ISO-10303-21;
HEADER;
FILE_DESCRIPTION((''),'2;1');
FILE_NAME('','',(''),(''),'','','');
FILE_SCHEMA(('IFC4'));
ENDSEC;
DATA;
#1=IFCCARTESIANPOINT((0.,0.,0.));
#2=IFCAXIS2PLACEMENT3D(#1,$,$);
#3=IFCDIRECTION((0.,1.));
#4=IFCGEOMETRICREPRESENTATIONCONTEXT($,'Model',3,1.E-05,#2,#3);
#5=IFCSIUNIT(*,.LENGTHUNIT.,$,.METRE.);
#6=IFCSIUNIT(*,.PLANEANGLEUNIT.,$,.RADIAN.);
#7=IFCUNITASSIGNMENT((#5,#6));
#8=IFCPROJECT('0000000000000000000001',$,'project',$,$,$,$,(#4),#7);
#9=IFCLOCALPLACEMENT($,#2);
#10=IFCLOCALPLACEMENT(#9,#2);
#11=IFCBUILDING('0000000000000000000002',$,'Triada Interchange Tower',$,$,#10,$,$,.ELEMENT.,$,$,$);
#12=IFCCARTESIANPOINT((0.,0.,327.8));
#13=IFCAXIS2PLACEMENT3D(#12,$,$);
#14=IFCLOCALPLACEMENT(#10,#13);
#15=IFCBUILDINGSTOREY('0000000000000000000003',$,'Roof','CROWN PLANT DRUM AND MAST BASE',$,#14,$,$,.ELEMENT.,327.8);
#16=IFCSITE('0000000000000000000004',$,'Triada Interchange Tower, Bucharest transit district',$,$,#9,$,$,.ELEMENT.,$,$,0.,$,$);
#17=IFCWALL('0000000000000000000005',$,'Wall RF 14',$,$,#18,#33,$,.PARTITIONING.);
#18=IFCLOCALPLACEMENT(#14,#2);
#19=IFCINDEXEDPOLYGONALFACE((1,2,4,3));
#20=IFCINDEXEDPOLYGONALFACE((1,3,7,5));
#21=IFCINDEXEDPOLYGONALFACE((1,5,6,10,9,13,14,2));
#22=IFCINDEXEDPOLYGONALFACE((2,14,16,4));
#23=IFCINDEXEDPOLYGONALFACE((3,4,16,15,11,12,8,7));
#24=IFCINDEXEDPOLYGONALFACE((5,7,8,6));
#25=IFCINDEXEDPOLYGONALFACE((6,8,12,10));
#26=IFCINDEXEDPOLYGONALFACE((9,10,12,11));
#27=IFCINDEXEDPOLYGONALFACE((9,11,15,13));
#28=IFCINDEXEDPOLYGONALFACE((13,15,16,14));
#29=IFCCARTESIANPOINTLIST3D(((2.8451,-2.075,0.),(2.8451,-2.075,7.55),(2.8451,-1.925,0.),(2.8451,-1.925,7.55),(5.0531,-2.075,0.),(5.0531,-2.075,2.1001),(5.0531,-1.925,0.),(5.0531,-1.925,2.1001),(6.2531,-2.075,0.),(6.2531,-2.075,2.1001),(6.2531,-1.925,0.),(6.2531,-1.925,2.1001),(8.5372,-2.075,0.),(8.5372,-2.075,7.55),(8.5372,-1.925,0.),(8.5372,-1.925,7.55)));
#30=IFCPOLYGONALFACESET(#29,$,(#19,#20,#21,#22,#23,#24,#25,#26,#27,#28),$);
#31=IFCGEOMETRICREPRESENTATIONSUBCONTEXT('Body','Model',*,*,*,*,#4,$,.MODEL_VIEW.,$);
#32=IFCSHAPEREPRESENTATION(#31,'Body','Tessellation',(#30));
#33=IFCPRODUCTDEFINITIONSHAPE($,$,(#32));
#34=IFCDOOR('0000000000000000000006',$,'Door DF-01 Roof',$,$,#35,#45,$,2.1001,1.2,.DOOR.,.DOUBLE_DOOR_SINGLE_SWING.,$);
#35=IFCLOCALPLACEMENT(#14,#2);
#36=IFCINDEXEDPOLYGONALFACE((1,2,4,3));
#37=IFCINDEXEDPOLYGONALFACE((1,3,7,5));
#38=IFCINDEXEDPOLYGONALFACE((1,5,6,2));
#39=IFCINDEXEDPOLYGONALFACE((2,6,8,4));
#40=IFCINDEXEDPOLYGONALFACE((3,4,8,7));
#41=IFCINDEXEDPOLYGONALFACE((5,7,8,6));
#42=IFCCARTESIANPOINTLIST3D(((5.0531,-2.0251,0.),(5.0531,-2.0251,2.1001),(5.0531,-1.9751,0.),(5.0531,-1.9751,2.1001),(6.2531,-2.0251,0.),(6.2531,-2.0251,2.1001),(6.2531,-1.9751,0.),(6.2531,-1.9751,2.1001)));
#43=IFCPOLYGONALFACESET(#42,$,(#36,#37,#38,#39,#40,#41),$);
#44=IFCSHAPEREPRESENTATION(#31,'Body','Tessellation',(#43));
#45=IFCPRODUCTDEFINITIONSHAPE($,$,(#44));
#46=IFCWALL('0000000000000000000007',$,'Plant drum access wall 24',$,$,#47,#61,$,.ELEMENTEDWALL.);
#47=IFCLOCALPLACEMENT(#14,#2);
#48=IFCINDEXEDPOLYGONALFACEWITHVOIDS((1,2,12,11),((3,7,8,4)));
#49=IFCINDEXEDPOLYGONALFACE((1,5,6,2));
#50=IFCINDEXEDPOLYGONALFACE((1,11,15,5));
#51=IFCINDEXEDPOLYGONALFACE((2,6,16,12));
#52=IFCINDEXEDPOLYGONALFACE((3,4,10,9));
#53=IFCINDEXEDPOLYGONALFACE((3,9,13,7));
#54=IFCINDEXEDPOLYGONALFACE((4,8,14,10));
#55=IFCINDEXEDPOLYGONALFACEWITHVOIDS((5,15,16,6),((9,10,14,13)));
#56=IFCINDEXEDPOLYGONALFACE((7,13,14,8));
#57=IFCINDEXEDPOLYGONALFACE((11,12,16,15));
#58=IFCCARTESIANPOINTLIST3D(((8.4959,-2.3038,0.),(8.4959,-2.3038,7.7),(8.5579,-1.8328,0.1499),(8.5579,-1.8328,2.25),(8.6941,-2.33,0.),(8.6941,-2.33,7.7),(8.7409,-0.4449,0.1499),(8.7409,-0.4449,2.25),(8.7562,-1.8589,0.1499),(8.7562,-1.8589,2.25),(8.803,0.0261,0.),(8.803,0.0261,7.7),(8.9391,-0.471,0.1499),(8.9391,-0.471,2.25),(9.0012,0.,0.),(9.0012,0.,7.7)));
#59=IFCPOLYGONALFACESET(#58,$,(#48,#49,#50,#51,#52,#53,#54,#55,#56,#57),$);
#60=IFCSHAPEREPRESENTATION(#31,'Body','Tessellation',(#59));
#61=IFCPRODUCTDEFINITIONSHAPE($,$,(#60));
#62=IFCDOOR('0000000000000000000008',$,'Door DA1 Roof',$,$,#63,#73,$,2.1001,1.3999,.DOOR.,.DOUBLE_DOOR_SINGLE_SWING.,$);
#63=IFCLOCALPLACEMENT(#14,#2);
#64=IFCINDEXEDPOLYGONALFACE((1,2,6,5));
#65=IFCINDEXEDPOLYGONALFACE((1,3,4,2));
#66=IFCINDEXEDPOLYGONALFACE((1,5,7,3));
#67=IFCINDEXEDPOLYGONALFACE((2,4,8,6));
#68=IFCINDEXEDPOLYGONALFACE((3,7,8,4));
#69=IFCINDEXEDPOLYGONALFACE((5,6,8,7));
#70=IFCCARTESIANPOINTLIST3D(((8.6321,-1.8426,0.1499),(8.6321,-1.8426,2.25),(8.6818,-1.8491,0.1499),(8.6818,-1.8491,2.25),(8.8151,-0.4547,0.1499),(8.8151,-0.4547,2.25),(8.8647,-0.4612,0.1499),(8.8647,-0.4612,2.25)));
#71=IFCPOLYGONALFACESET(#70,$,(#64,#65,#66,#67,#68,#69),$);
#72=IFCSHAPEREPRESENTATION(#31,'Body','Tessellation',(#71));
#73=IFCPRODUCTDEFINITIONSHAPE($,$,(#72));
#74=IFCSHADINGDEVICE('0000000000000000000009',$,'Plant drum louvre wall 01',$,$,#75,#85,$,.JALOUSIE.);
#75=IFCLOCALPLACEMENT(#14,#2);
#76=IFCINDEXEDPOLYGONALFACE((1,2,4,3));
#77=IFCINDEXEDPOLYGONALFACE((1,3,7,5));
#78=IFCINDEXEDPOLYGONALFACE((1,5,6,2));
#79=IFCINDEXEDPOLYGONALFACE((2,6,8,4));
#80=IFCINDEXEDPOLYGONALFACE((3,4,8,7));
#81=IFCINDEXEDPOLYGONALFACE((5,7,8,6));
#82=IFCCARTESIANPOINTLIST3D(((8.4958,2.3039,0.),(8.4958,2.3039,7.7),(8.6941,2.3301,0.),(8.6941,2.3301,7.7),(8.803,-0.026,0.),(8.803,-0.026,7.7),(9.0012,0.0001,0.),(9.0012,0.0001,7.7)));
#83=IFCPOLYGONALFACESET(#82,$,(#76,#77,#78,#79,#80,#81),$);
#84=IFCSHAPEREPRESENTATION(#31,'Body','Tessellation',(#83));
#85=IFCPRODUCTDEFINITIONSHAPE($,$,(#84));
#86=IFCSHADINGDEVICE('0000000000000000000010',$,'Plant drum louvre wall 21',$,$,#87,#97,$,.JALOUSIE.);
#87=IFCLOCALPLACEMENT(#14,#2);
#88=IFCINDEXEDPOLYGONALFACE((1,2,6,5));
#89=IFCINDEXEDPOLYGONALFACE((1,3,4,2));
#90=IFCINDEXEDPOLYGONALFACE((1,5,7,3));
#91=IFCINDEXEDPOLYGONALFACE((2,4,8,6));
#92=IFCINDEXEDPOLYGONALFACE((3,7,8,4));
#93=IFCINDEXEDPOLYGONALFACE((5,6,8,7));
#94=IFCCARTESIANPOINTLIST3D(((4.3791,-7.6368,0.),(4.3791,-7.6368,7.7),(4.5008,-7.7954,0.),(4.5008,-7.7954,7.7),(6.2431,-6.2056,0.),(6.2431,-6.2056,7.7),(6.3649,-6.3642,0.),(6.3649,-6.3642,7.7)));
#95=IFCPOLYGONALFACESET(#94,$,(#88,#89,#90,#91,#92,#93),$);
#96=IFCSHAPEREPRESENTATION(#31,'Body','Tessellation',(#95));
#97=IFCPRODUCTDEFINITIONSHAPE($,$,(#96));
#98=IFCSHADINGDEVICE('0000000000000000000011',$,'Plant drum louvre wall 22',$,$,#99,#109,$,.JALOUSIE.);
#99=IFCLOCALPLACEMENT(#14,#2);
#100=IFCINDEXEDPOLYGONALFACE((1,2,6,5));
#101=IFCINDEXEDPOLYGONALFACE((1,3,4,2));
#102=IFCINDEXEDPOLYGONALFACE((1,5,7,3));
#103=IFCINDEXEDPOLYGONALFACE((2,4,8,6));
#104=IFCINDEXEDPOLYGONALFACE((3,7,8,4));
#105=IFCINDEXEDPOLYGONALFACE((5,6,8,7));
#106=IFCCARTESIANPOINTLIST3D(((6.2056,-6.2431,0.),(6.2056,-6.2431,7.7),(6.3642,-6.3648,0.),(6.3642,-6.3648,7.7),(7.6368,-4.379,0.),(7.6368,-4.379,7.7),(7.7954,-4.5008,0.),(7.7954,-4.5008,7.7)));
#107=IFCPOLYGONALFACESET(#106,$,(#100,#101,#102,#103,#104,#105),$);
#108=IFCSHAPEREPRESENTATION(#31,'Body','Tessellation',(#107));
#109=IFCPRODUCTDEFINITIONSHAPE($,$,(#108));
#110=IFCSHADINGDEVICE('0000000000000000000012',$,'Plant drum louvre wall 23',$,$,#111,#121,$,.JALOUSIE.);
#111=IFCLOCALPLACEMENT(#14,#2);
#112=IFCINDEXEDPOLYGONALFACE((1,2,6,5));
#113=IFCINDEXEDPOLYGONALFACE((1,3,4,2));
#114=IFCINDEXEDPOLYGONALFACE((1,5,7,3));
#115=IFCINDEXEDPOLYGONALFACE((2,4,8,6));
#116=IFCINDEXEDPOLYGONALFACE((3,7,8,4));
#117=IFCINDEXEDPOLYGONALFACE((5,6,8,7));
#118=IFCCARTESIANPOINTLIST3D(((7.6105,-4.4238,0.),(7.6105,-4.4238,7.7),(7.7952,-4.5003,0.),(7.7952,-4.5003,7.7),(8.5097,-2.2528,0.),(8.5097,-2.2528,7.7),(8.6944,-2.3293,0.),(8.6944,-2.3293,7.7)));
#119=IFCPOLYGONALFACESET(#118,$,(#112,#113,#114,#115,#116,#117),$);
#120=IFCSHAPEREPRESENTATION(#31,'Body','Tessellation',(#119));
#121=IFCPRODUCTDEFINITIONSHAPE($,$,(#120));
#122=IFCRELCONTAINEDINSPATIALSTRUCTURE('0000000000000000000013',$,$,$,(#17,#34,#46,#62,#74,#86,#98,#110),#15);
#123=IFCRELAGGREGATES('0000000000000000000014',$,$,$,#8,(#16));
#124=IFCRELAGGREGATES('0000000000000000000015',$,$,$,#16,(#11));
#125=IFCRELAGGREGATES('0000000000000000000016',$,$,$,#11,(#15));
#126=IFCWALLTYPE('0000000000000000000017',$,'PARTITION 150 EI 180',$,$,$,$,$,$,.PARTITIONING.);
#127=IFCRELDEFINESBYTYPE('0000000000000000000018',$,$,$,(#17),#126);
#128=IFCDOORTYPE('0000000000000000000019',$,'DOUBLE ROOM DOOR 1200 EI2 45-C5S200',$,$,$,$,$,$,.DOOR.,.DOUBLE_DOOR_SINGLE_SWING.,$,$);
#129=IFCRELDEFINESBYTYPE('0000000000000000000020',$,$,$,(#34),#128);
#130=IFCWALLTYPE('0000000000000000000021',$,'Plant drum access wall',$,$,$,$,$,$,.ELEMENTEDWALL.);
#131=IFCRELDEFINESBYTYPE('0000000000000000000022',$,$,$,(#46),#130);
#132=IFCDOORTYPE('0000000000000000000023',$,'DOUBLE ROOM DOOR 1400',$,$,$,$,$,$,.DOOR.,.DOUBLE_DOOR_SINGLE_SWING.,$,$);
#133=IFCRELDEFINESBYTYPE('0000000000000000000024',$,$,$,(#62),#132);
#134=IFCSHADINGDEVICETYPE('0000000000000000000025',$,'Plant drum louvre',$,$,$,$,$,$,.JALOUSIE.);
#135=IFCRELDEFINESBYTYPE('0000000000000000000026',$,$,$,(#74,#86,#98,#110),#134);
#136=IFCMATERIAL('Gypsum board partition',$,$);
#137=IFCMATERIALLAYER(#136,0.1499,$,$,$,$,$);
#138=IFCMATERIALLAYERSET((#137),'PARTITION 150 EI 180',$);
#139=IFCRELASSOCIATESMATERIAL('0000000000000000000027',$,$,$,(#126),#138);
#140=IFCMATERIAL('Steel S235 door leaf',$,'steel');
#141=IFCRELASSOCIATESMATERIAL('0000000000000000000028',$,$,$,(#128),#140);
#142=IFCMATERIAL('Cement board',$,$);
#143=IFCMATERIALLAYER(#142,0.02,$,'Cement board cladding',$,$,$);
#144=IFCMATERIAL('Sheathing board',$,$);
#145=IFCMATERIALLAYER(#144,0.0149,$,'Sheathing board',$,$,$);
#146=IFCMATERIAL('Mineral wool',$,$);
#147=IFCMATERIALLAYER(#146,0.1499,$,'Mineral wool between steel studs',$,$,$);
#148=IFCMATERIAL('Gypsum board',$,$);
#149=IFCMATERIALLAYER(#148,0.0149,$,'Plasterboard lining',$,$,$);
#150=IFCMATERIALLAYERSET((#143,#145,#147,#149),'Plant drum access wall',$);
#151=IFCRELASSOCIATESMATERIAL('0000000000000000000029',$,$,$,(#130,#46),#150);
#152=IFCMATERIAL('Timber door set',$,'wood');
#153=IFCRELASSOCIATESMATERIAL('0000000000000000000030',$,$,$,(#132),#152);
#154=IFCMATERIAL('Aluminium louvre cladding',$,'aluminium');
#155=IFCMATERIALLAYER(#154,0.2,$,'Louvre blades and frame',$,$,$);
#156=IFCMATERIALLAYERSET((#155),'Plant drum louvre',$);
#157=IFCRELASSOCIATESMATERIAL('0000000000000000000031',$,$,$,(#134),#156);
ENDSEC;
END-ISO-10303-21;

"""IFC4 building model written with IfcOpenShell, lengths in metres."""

from ifc_helpers import new_model, si_unit, direction, frame, frame_2d, origin, place, context, subcontext, project, spatial, rectangle, extrude, material, layer, layer_set, layer_usage, type_object, element, fill, save


model = new_model("IFC4")

# Units and contexts
model_context = context("Model", 3, precision=1e-05, world=origin(), true_north=direction((0.0, 1.0)))
body_context = subcontext(model_context, "Body", "Model", "MODEL_VIEW")
ifc_project = project(units=[si_unit("LENGTHUNIT", "METRE"), si_unit("PLANEANGLEUNIT", "RADIAN")], contexts=[model_context])

# Site, building, storey
site_placement = place(None, origin())
site = spatial("IfcSite", under=ifc_project, at=site_placement, Name="Triada Interchange Tower, Bucharest transit district", CompositionType="ELEMENT", RefElevation=0.0)
building_placement = place(site_placement, origin())
building = spatial("IfcBuilding", under=site, at=building_placement, Name="Triada Interchange Tower", CompositionType="ELEMENT")
storey_placement = place(building_placement, frame((0.0, 0.0, 327.8)))
storey = spatial("IfcBuildingStorey", under=building, at=storey_placement, Name="Roof", Description="CROWN PLANT DRUM AND MAST BASE", CompositionType="ELEMENT", Elevation=327.8)

# Shared definitions
ifc_material_1 = material(Name="Gypsum board partition")
ifc_layer_1 = layer(ifc_material_1, 0.1499)
ifc_layer_set_1 = layer_set([ifc_layer_1], Name="PARTITION 150 EI 180")
wall_type_1 = type_object("IfcWallType", Name="PARTITION 150 EI 180", PredefinedType="PARTITIONING", material=ifc_layer_set_1)

# Walls, openings, doors
wall_1_placement = place(storey_placement, frame((2.845, -2.0, 0.0), z_axis=(0.0, 0.0, 1.0), x_axis=(1.0, 0.0, 0.0)))
wall_1 = element("IfcWall", 1, at=wall_1_placement, inside=storey, type_object=wall_type_1, Name="Wall RF 14", PredefinedType="PARTITIONING", context=body_context, shape_type="SweptSolid", body=[
    extrude(rectangle(XDim=5.6921, YDim=0.1499, at=frame_2d((2.8462, 0.0))), origin(), (0.0, 0.0, 1.0), 7.55),
])
opening_1_placement = place(wall_1_placement, frame((2.208, 0.0, 0.0)))
opening_1 = element("IfcOpeningElement", 2, at=opening_1_placement, cuts=wall_1, PredefinedType="OPENING", context=body_context, shape_type="SweptSolid", body=[
    extrude(rectangle(XDim=1.2, YDim=2.1001, at=frame_2d((0.6001, 1.05))), frame((0.0, 0.085, 0.0), z_axis=(0.0, -1.0, 0.0), x_axis=(1.0, 0.0, 0.0)), (0.0, 0.0, 1.0), 0.1699),
])
ifc_material_2 = material(Name="Steel S235 door leaf", Category="steel")
door_type_1 = type_object("IfcDoorType", Name="DOUBLE ROOM DOOR 1200 EI2 45-C5S200", OperationType="DOUBLE_DOOR_SINGLE_SWING", PredefinedType="DOOR", material=ifc_material_2)
door_1_placement = place(opening_1_placement, origin())
door_1 = element("IfcDoor", 3, at=door_1_placement, inside=storey, type_object=door_type_1, Name="Door DF-01 Roof", OperationType="DOUBLE_DOOR_SINGLE_SWING", OverallHeight=2.1001, OverallWidth=1.2, PredefinedType="DOOR", context=body_context, shape_type="SweptSolid", body=[
    extrude(rectangle(XDim=1.2, YDim=2.1001, at=frame_2d((0.6001, 1.05))), frame((0.0, 0.0249, 0.0), z_axis=(0.0, -1.0, 0.0), x_axis=(1.0, 0.0, 0.0)), (0.0, 0.0, 1.0), 0.05),
])
fill(opening_1, door_1)
ifc_material_3 = material(Name="Cement board")
ifc_layer_2 = layer(ifc_material_3, 0.02, Name="Cement board cladding")
ifc_material_4 = material(Name="Sheathing board")
ifc_layer_3 = layer(ifc_material_4, 0.0149, Name="Sheathing board")
ifc_material_5 = material(Name="Mineral wool")
ifc_layer_4 = layer(ifc_material_5, 0.1499, Name="Mineral wool between steel studs")
ifc_material_6 = material(Name="Gypsum board")
ifc_layer_5 = layer(ifc_material_6, 0.0149, Name="Plasterboard lining")
ifc_layer_set_2 = layer_set([ifc_layer_2, ifc_layer_3, ifc_layer_4, ifc_layer_5], Name="Plant drum access wall")
ifc_layer_usage_1 = layer_usage(ifc_layer_set_2, "AXIS2", "POSITIVE", -0.1001)
wall_type_2 = type_object("IfcWallType", Name="Plant drum access wall", PredefinedType="ELEMENTEDWALL", material=ifc_layer_set_2)
wall_2_placement = place(storey_placement, frame((8.595, -2.3169, 0.0), z_axis=(0.0, 0.0, 1.0), x_axis=(0.130694, 0.991423, 0.0)))
wall_2 = element("IfcWall", 4, at=wall_2_placement, inside=storey, type_object=wall_type_2, material=ifc_layer_usage_1, Name="Plant drum access wall 24", PredefinedType="ELEMENTEDWALL", context=body_context, shape_type="SweptSolid", body=[
    extrude(rectangle(XDim=2.3501, YDim=0.2, at=frame_2d((1.175, 0.0))), origin(), (0.0, 0.0, 1.0), 7.7),
])
opening_2_placement = place(wall_2_placement, frame((0.4751, 0.0, 0.1499)))
opening_2 = element("IfcOpeningElement", 5, at=opening_2_placement, cuts=wall_2, PredefinedType="OPENING", context=body_context, shape_type="SweptSolid", body=[
    extrude(rectangle(XDim=1.3999, YDim=2.1001, at=frame_2d((0.7, 1.05))), frame((0.0, 0.1099, 0.0), z_axis=(0.0, -1.0, 0.0), x_axis=(1.0, 0.0, 0.0)), (0.0, 0.0, 1.0), 0.22),
])
ifc_material_7 = material(Name="Timber door set", Category="wood")
door_type_2 = type_object("IfcDoorType", Name="DOUBLE ROOM DOOR 1400", OperationType="DOUBLE_DOOR_SINGLE_SWING", PredefinedType="DOOR", material=ifc_material_7)
door_2_placement = place(opening_2_placement, frame((1.3999, 0.0, 0.0), z_axis=(0.0, 0.0, 1.0), x_axis=(-1.0, 0.0, 0.0)))
door_2 = element("IfcDoor", 6, at=door_2_placement, inside=storey, type_object=door_type_2, Name="Door DA1 Roof", OperationType="DOUBLE_DOOR_SINGLE_SWING", OverallHeight=2.1001, OverallWidth=1.3999, PredefinedType="DOOR", context=body_context, shape_type="SweptSolid", body=[
    extrude(rectangle(XDim=1.3999, YDim=2.1001, at=frame_2d((0.7, 1.05))), frame((0.0, 0.0249, 0.0), z_axis=(0.0, -1.0, 0.0), x_axis=(1.0, 0.0, 0.0)), (0.0, 0.0, 1.0), 0.05),
])
fill(opening_2, door_2)

# Shading devices
ifc_material_8 = material(Name="Aluminium louvre cladding", Category="aluminium")
ifc_layer_6 = layer(ifc_material_8, 0.2, Name="Louvre blades and frame")
ifc_layer_set_3 = layer_set([ifc_layer_6], Name="Plant drum louvre")
shading_device_type = type_object("IfcShadingDeviceType", Name="Plant drum louvre", PredefinedType="JALOUSIE", material=ifc_layer_set_3)
for number, where, z_axis, x_axis, name in (
    (7, (8.9021, -0.0129, 0.0), (0.0, 0.0, 1.0), (-0.130694, 0.991423, 0.0), "Plant drum louvre wall 01"),
    (8, (4.4399, -7.7161, 0.0), (0.0, 0.0, 1.0), (0.79318, 0.608988, 0.0), "Plant drum louvre wall 21"),
    (9, (6.2849, -6.304, 0.0), (0.0, 0.0, 1.0), (0.608988, 0.79318, 0.0), "Plant drum louvre wall 22"),
):
    element("IfcShadingDevice", number, at=place(storey_placement, frame(where, z_axis=z_axis, x_axis=x_axis)), inside=storey, type_object=shading_device_type, Name=name, PredefinedType="JALOUSIE", context=body_context, shape_type="SweptSolid", body=[
        extrude(rectangle(XDim=2.3501, YDim=0.2, at=frame_2d((1.175, 0.0))), origin(), (0.0, 0.0, 1.0), 7.7),
    ])
shading_device_placement = place(storey_placement, frame((7.7029, -4.4619, 0.0), z_axis=(0.0, 0.0, 1.0), x_axis=(0.382667, 0.923886, 0.0)))
element("IfcShadingDevice", 10, at=shading_device_placement, inside=storey, type_object=shading_device_type, Name="Plant drum louvre wall 23", PredefinedType="JALOUSIE", context=body_context, shape_type="SweptSolid", body=[
    extrude(rectangle(XDim=2.3499, YDim=0.2, at=frame_2d((1.1748, 0.0))), origin(), (0.0, 0.0, 1.0), 7.7),
])

save(model, "model.ifc")
